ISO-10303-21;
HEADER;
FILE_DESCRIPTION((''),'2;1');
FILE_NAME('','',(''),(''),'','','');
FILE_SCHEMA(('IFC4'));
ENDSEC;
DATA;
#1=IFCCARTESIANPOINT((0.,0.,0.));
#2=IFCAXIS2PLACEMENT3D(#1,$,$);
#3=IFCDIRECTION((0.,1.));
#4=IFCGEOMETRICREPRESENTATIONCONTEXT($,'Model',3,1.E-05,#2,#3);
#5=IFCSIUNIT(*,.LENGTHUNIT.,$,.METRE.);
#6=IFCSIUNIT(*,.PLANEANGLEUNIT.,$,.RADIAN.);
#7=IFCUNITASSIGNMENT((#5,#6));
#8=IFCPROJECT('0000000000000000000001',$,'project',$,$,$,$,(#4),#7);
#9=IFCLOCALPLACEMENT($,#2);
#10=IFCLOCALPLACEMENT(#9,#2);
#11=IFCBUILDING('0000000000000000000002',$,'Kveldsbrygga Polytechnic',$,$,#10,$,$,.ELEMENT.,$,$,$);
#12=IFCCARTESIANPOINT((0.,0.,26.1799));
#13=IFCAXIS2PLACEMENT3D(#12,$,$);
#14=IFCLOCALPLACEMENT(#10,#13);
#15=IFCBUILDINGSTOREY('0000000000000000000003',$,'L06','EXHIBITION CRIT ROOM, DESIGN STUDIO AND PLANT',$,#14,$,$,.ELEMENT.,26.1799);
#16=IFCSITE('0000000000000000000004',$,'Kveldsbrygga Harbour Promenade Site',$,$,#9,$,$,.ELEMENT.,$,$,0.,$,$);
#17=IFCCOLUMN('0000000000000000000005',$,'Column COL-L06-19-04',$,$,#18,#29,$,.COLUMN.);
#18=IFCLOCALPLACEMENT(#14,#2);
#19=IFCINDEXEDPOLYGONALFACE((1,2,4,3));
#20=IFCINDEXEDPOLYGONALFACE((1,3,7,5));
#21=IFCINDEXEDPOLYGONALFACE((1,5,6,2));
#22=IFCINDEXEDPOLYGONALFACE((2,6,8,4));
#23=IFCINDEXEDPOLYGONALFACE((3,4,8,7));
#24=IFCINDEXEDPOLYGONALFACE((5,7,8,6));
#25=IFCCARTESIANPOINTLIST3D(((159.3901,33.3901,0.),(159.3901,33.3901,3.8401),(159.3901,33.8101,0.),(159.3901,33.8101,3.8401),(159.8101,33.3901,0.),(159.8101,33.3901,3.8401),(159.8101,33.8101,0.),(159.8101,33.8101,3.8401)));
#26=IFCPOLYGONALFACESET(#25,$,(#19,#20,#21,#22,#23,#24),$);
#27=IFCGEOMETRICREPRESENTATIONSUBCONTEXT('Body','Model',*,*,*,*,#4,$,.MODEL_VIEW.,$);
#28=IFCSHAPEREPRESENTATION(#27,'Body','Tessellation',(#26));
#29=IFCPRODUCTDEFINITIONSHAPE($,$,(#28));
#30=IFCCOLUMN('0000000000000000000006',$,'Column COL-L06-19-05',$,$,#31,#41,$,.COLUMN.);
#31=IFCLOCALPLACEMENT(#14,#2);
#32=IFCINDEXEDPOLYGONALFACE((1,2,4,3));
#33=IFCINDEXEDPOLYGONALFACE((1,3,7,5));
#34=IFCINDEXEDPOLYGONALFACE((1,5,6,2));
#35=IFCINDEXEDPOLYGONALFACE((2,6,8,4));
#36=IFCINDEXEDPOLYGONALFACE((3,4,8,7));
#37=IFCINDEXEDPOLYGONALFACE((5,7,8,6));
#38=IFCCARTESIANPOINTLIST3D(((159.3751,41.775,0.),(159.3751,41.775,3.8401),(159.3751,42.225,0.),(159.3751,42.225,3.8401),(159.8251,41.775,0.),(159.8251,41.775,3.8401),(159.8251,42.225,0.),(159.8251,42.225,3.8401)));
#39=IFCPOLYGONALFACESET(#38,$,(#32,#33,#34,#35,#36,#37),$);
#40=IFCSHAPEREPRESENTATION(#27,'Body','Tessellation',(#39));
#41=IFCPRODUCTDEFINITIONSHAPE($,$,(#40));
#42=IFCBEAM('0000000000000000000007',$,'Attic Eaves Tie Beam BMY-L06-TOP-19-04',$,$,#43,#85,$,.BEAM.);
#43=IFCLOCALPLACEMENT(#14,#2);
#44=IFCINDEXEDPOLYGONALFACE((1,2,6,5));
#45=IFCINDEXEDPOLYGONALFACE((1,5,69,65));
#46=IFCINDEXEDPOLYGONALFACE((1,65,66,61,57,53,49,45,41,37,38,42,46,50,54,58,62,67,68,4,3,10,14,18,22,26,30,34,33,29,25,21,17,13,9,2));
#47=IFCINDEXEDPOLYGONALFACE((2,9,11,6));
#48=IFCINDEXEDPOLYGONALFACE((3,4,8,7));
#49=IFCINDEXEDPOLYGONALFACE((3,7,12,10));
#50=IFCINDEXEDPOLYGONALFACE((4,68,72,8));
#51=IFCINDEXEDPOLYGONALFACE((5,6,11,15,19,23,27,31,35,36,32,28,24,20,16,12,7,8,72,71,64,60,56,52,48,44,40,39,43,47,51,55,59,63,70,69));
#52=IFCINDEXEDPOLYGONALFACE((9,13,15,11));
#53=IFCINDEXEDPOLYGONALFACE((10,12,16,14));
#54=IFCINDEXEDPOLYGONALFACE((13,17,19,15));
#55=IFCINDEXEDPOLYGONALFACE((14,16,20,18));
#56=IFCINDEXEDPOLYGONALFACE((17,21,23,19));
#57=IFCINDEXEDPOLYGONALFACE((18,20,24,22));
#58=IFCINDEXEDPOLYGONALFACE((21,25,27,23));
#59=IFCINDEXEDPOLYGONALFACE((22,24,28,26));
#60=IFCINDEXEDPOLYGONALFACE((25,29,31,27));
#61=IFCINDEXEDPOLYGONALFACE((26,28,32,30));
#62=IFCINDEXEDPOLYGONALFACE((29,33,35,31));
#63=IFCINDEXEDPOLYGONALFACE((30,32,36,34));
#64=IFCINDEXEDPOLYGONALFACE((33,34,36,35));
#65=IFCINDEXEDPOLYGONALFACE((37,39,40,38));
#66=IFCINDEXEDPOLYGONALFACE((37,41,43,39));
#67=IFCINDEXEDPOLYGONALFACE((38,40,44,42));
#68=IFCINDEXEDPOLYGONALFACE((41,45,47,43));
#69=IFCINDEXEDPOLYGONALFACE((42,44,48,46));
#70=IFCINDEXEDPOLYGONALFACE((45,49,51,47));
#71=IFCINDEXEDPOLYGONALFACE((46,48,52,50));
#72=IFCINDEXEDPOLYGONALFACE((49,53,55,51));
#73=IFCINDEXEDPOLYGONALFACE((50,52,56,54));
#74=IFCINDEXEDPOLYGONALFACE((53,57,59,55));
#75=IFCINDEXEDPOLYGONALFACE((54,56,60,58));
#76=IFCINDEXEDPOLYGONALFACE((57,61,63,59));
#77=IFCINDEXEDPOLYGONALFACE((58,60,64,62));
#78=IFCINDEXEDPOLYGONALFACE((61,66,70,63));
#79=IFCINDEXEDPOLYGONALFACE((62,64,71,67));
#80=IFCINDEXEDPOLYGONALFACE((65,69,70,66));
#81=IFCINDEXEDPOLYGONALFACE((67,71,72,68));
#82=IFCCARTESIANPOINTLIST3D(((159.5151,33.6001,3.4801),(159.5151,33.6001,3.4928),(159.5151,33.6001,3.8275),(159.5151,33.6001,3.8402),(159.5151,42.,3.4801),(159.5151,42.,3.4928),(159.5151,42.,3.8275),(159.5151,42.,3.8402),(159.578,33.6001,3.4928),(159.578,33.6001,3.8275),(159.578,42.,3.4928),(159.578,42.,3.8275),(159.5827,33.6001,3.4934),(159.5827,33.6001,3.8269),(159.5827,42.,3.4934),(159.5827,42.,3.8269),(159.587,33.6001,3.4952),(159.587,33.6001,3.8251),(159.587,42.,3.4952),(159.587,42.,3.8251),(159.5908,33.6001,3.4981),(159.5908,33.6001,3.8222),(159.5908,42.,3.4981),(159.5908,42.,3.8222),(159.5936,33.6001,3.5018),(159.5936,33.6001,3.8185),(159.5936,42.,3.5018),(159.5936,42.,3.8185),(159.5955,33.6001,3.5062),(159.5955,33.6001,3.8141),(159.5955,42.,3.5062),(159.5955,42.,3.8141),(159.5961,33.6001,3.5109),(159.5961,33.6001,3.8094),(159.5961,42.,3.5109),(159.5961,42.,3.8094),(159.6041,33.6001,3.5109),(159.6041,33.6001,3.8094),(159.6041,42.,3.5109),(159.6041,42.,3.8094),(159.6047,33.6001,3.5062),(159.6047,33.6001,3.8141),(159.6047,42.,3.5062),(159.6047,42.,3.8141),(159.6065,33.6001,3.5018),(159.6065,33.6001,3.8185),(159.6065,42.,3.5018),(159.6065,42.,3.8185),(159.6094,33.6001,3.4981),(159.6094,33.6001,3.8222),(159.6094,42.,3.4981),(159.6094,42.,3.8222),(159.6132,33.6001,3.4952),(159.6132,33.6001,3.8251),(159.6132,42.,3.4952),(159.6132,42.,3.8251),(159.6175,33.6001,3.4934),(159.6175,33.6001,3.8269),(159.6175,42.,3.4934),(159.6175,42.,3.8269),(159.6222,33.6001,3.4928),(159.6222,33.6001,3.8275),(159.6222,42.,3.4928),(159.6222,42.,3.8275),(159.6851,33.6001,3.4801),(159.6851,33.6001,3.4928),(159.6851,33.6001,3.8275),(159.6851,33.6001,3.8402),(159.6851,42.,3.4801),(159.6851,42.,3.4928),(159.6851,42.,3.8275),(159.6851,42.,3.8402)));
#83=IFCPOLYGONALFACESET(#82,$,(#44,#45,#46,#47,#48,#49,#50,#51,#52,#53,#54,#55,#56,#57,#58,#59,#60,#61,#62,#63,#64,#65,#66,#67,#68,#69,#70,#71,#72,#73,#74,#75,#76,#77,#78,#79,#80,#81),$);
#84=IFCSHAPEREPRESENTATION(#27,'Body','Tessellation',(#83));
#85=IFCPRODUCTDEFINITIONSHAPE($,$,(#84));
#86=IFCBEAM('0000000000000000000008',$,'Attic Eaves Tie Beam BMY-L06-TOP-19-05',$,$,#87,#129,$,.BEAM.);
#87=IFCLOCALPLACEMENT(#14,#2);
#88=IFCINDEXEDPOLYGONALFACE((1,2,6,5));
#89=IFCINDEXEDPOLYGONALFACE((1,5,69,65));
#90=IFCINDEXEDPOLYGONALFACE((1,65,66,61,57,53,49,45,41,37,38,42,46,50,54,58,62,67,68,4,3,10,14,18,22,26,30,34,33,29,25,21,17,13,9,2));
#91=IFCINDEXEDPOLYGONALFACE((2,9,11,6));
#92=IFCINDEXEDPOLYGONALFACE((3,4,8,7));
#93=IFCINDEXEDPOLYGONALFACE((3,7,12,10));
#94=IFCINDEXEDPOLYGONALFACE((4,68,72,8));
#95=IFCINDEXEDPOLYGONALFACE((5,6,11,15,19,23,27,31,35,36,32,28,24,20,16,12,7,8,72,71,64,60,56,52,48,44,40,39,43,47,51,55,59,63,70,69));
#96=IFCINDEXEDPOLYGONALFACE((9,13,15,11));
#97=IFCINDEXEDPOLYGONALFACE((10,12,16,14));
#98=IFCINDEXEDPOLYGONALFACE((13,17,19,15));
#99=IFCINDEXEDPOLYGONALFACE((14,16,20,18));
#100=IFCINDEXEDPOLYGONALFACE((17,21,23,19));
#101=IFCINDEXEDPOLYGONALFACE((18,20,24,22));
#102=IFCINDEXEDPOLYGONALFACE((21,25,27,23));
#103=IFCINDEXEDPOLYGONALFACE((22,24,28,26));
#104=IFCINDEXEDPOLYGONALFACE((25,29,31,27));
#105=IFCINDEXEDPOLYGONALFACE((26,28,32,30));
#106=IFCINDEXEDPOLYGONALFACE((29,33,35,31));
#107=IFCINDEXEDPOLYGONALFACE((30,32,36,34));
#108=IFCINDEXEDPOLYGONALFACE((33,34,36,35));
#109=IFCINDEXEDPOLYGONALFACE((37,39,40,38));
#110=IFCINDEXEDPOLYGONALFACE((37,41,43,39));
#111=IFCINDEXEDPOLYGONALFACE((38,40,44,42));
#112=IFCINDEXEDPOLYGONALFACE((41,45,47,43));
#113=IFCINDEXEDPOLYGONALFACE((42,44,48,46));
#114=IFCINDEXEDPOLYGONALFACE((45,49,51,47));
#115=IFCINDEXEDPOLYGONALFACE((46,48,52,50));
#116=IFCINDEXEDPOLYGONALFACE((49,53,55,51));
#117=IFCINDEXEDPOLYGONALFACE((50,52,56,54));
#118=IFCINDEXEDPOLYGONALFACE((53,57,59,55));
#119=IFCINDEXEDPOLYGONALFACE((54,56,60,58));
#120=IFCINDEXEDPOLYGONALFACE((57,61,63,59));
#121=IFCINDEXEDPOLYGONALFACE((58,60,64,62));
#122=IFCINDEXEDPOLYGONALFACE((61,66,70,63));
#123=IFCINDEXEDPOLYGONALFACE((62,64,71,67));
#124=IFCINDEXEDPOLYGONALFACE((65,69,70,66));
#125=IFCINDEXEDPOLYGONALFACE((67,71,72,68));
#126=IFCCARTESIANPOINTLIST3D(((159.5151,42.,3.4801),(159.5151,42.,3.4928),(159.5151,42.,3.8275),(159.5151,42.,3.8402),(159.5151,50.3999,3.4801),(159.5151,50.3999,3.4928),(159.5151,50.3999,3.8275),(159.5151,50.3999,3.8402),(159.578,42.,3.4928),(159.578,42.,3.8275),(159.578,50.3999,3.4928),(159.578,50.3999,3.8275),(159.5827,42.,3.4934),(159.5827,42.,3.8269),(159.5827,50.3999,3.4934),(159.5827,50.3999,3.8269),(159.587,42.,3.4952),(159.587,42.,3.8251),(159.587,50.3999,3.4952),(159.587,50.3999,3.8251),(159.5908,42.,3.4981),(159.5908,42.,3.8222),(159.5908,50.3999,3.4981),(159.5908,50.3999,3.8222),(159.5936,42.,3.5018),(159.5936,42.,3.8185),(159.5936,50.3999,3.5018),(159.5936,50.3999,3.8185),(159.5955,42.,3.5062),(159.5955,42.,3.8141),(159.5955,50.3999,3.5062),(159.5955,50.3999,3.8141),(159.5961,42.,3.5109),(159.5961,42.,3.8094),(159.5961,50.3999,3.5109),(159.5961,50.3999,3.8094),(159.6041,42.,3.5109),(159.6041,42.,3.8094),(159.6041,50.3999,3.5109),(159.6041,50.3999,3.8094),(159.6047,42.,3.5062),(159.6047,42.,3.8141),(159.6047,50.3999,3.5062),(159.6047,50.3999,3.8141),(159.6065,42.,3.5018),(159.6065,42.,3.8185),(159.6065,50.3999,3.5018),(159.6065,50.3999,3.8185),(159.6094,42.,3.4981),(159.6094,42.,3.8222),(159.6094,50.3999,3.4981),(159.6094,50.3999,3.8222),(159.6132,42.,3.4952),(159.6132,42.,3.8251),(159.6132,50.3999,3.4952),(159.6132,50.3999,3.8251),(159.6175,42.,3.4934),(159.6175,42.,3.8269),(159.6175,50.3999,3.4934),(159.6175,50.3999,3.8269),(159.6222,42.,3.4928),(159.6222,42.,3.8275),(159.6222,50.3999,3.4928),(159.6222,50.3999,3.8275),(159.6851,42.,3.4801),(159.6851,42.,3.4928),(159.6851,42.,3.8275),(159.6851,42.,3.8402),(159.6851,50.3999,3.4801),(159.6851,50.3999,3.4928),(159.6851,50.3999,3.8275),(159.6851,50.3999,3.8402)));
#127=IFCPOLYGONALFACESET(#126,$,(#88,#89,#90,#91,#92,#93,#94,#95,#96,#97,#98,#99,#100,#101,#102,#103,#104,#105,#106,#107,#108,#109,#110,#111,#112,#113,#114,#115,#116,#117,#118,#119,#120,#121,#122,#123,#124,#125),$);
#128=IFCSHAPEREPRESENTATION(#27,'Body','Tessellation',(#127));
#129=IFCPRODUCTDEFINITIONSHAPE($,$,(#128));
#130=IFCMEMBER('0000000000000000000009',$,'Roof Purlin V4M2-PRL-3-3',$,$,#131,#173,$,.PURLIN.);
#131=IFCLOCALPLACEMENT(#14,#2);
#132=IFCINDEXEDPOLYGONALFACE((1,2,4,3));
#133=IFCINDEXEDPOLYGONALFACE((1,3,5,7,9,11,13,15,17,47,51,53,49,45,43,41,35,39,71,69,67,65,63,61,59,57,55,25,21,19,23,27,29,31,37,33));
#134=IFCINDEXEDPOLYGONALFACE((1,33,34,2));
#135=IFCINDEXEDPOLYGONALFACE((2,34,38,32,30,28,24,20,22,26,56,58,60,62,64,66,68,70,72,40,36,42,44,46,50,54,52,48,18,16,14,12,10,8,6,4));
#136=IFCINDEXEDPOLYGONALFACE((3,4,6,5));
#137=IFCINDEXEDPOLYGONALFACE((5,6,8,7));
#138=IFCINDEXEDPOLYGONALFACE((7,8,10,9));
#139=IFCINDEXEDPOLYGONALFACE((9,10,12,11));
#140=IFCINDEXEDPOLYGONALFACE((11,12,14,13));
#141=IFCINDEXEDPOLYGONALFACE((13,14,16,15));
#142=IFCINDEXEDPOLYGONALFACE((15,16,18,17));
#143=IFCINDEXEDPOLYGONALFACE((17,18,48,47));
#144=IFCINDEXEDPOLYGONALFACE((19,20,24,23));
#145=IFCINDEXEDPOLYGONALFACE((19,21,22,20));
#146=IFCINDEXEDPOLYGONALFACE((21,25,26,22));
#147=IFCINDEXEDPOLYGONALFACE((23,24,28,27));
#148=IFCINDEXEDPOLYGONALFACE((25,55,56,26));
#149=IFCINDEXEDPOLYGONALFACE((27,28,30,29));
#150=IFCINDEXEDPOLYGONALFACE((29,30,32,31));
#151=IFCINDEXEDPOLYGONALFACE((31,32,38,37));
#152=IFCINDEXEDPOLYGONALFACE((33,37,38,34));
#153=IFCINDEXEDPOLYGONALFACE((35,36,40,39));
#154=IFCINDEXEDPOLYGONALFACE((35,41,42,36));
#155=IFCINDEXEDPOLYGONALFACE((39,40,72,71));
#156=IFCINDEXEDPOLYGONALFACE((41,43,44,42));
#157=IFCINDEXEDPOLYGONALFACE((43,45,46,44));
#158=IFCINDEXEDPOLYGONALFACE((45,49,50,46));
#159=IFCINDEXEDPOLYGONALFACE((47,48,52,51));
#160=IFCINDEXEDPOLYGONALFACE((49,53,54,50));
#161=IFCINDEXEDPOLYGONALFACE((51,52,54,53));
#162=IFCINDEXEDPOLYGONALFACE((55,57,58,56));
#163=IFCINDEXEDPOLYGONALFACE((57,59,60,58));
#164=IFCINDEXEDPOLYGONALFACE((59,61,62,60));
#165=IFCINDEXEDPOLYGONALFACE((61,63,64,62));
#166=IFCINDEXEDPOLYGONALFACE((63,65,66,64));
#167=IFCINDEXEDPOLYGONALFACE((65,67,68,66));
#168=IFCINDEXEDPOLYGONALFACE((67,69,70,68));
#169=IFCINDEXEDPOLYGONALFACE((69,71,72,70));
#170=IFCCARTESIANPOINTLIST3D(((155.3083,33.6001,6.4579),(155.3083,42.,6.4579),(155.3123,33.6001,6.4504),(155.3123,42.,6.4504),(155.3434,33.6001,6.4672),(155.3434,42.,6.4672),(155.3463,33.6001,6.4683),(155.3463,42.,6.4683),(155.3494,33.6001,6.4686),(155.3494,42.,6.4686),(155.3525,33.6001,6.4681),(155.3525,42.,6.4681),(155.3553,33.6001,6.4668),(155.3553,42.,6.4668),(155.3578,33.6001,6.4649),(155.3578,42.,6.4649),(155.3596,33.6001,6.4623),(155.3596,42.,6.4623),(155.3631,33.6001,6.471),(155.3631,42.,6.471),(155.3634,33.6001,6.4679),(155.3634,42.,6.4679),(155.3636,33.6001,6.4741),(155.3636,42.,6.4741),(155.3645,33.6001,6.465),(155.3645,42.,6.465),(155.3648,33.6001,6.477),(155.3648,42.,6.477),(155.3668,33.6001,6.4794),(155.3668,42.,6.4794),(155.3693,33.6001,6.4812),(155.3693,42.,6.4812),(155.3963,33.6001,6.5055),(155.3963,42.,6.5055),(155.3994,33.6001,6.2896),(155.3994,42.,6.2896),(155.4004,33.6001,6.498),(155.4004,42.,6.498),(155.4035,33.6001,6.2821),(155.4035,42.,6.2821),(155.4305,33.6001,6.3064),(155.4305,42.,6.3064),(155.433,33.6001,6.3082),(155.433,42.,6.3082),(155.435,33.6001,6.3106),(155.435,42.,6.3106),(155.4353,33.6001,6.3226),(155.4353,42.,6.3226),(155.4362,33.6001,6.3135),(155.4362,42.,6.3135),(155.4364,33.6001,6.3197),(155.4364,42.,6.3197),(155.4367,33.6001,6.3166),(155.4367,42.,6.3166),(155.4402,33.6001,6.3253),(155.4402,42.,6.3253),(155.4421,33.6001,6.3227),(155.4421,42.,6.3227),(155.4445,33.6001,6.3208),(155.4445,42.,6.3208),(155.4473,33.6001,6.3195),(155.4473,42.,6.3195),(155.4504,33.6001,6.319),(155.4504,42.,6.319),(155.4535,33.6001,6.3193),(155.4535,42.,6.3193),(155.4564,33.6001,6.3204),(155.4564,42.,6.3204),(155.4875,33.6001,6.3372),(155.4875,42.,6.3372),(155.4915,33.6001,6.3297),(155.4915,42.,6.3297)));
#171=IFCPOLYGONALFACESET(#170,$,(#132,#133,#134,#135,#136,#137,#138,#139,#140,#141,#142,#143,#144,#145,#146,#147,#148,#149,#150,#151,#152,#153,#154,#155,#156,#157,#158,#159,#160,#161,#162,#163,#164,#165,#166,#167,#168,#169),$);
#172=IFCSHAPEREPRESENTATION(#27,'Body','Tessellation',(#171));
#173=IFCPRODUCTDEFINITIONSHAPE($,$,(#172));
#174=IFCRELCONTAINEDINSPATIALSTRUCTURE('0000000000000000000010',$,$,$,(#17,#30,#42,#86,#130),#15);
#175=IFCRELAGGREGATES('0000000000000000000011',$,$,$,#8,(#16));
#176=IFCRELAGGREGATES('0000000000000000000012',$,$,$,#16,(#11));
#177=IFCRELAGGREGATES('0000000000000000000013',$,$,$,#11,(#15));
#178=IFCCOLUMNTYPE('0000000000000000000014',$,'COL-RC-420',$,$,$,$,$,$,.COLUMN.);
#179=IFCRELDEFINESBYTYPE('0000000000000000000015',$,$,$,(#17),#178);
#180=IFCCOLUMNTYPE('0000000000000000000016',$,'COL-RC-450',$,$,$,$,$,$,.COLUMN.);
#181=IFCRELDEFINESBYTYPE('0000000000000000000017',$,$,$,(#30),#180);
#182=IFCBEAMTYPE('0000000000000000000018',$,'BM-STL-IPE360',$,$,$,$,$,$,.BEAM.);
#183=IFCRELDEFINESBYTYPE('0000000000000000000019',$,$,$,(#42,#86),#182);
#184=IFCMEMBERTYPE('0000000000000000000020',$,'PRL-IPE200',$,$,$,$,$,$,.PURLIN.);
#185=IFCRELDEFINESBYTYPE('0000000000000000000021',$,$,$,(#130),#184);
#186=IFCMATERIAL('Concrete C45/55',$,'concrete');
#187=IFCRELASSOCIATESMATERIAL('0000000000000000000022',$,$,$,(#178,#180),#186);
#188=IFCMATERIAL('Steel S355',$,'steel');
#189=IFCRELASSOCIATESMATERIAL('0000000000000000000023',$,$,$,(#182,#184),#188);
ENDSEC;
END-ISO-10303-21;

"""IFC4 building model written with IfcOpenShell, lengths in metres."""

from ifc_helpers import new_model, si_unit, direction, frame, origin, origin_2d, place, context, subcontext, project, spatial, rectangle, i_section, extrude, material, material_profile, profile_set, type_object, element, save


model = new_model("IFC4")

# Units and contexts
model_context = context("Model", 3, precision=1e-05, world=origin(), true_north=direction((0.0, 1.0)))
body_context = subcontext(model_context, "Body", "Model", "MODEL_VIEW")
ifc_project = project(units=[si_unit("LENGTHUNIT", "METRE"), si_unit("PLANEANGLEUNIT", "RADIAN")], contexts=[model_context])

# Site, building, storey
site_placement = place(None, origin())
site = spatial("IfcSite", under=ifc_project, at=site_placement, Name="Kveldsbrygga Harbour Promenade Site", CompositionType="ELEMENT", RefElevation=0.0)
building_placement = place(site_placement, origin())
building = spatial("IfcBuilding", under=site, at=building_placement, Name="Kveldsbrygga Polytechnic", CompositionType="ELEMENT")
storey_placement = place(building_placement, frame((0.0, 0.0, 26.1799)))
storey = spatial("IfcBuildingStorey", under=building, at=storey_placement, Name="L06", Description="EXHIBITION CRIT ROOM, DESIGN STUDIO AND PLANT", CompositionType="ELEMENT", Elevation=26.1799)

# Columns
ifc_material_1 = material(Name="Concrete C45/55", Category="concrete")
ifc_material_profile_1 = material_profile(ifc_material_1, rectangle(XDim=0.4199, YDim=0.4199, at=origin_2d()), Name="RC 420x420")
ifc_profile_set_1 = profile_set([ifc_material_profile_1], Name="Concrete C45/55")
column_type_1 = type_object("IfcColumnType", Name="COL-RC-420", PredefinedType="COLUMN", material=ifc_profile_set_1)
column_1_placement = place(storey_placement, frame((159.6001, 33.6001, 0.0), z_axis=(0.0, 0.0, 1.0), x_axis=(1.0, 0.0, 0.0)))
element("IfcColumn", 1, at=column_1_placement, inside=storey, type_object=column_type_1, Name="Column COL-L06-19-04", PredefinedType="COLUMN", context=body_context, shape_type="SweptSolid", body=[
    extrude(rectangle(XDim=0.4199, YDim=0.4199, at=origin_2d()), origin(), (0.0, 0.0, 1.0), 3.8401),
])
ifc_material_profile_2 = material_profile(ifc_material_1, rectangle(XDim=0.45, YDim=0.45, at=origin_2d()), Name="RC 450x450")
ifc_profile_set_2 = profile_set([ifc_material_profile_2], Name="Concrete C45/55")
column_type_2 = type_object("IfcColumnType", Name="COL-RC-450", PredefinedType="COLUMN", material=ifc_profile_set_2)
column_2_placement = place(storey_placement, frame((159.6001, 42.0, 0.0), z_axis=(0.0, 0.0, 1.0), x_axis=(1.0, 0.0, 0.0)))
element("IfcColumn", 2, at=column_2_placement, inside=storey, type_object=column_type_2, Name="Column COL-L06-19-05", PredefinedType="COLUMN", context=body_context, shape_type="SweptSolid", body=[
    extrude(rectangle(XDim=0.45, YDim=0.45, at=origin_2d()), origin(), (0.0, 0.0, 1.0), 3.8401),
])

# Beams
ifc_material_2 = material(Name="Steel S355", Category="steel")
ifc_material_profile_3 = material_profile(ifc_material_2, i_section(OverallWidth=0.1699, OverallDepth=0.3601, WebThickness=0.0081, FlangeThickness=0.0127, FilletRadius=0.0181, at=origin_2d()), Name="IPE 360")
ifc_profile_set_3 = profile_set([ifc_material_profile_3], Name="Steel S355")
beam_type = type_object("IfcBeamType", Name="BM-STL-IPE360", PredefinedType="BEAM", material=ifc_profile_set_3)
for number, where, z_axis, x_axis, name in (
    (3, (159.6001, 33.6001, 3.6602), (0.0, 1.0, 0.0), (-1.0, 0.0, 0.0), "Attic Eaves Tie Beam BMY-L06-TOP-19-04"),
    (4, (159.6001, 42.0, 3.6602), (0.0, 1.0, 0.0), (-1.0, 0.0, 0.0), "Attic Eaves Tie Beam BMY-L06-TOP-19-05"),
):
    element("IfcBeam", number, at=place(storey_placement, frame(where, z_axis=z_axis, x_axis=x_axis)), inside=storey, type_object=beam_type, Name=name, PredefinedType="BEAM", context=body_context, shape_type="SweptSolid", body=[
        extrude(i_section(OverallWidth=0.1699, OverallDepth=0.3601, WebThickness=0.0081, FlangeThickness=0.0127, FilletRadius=0.0181, at=origin_2d()), origin(), (0.0, 0.0, 1.0), 8.3999),
    ])

# Member
ifc_material_profile_4 = material_profile(ifc_material_2, i_section(OverallWidth=0.1001, OverallDepth=0.2, WebThickness=0.0056, FlangeThickness=0.0085, FilletRadius=0.012, at=origin_2d()), Name="IPE 200")
ifc_profile_set_4 = profile_set([ifc_material_profile_4], Name="Steel S355")
member_type_1 = type_object("IfcMemberType", Name="PRL-IPE200", PredefinedType="PURLIN", material=ifc_profile_set_4)
for number, where, z_axis, x_axis, name in (
    (5, (155.3999, 33.6001, 6.3938), (0.0, 1.0, 0.0), (-0.879292, 0.0, -0.476283), "Roof Purlin V4M2-PRL-3-3"),
):
    element("IfcMember", number, at=place(storey_placement, frame(where, z_axis=z_axis, x_axis=x_axis)), inside=storey, type_object=member_type_1, Name=name, PredefinedType="PURLIN", context=body_context, shape_type="SweptSolid", body=[
        extrude(i_section(OverallWidth=0.1001, OverallDepth=0.2, WebThickness=0.0056, FlangeThickness=0.0085, FilletRadius=0.012, at=origin_2d()), origin(), (0.0, 0.0, 1.0), 8.3999),
    ])

save(model, "model.ifc")
